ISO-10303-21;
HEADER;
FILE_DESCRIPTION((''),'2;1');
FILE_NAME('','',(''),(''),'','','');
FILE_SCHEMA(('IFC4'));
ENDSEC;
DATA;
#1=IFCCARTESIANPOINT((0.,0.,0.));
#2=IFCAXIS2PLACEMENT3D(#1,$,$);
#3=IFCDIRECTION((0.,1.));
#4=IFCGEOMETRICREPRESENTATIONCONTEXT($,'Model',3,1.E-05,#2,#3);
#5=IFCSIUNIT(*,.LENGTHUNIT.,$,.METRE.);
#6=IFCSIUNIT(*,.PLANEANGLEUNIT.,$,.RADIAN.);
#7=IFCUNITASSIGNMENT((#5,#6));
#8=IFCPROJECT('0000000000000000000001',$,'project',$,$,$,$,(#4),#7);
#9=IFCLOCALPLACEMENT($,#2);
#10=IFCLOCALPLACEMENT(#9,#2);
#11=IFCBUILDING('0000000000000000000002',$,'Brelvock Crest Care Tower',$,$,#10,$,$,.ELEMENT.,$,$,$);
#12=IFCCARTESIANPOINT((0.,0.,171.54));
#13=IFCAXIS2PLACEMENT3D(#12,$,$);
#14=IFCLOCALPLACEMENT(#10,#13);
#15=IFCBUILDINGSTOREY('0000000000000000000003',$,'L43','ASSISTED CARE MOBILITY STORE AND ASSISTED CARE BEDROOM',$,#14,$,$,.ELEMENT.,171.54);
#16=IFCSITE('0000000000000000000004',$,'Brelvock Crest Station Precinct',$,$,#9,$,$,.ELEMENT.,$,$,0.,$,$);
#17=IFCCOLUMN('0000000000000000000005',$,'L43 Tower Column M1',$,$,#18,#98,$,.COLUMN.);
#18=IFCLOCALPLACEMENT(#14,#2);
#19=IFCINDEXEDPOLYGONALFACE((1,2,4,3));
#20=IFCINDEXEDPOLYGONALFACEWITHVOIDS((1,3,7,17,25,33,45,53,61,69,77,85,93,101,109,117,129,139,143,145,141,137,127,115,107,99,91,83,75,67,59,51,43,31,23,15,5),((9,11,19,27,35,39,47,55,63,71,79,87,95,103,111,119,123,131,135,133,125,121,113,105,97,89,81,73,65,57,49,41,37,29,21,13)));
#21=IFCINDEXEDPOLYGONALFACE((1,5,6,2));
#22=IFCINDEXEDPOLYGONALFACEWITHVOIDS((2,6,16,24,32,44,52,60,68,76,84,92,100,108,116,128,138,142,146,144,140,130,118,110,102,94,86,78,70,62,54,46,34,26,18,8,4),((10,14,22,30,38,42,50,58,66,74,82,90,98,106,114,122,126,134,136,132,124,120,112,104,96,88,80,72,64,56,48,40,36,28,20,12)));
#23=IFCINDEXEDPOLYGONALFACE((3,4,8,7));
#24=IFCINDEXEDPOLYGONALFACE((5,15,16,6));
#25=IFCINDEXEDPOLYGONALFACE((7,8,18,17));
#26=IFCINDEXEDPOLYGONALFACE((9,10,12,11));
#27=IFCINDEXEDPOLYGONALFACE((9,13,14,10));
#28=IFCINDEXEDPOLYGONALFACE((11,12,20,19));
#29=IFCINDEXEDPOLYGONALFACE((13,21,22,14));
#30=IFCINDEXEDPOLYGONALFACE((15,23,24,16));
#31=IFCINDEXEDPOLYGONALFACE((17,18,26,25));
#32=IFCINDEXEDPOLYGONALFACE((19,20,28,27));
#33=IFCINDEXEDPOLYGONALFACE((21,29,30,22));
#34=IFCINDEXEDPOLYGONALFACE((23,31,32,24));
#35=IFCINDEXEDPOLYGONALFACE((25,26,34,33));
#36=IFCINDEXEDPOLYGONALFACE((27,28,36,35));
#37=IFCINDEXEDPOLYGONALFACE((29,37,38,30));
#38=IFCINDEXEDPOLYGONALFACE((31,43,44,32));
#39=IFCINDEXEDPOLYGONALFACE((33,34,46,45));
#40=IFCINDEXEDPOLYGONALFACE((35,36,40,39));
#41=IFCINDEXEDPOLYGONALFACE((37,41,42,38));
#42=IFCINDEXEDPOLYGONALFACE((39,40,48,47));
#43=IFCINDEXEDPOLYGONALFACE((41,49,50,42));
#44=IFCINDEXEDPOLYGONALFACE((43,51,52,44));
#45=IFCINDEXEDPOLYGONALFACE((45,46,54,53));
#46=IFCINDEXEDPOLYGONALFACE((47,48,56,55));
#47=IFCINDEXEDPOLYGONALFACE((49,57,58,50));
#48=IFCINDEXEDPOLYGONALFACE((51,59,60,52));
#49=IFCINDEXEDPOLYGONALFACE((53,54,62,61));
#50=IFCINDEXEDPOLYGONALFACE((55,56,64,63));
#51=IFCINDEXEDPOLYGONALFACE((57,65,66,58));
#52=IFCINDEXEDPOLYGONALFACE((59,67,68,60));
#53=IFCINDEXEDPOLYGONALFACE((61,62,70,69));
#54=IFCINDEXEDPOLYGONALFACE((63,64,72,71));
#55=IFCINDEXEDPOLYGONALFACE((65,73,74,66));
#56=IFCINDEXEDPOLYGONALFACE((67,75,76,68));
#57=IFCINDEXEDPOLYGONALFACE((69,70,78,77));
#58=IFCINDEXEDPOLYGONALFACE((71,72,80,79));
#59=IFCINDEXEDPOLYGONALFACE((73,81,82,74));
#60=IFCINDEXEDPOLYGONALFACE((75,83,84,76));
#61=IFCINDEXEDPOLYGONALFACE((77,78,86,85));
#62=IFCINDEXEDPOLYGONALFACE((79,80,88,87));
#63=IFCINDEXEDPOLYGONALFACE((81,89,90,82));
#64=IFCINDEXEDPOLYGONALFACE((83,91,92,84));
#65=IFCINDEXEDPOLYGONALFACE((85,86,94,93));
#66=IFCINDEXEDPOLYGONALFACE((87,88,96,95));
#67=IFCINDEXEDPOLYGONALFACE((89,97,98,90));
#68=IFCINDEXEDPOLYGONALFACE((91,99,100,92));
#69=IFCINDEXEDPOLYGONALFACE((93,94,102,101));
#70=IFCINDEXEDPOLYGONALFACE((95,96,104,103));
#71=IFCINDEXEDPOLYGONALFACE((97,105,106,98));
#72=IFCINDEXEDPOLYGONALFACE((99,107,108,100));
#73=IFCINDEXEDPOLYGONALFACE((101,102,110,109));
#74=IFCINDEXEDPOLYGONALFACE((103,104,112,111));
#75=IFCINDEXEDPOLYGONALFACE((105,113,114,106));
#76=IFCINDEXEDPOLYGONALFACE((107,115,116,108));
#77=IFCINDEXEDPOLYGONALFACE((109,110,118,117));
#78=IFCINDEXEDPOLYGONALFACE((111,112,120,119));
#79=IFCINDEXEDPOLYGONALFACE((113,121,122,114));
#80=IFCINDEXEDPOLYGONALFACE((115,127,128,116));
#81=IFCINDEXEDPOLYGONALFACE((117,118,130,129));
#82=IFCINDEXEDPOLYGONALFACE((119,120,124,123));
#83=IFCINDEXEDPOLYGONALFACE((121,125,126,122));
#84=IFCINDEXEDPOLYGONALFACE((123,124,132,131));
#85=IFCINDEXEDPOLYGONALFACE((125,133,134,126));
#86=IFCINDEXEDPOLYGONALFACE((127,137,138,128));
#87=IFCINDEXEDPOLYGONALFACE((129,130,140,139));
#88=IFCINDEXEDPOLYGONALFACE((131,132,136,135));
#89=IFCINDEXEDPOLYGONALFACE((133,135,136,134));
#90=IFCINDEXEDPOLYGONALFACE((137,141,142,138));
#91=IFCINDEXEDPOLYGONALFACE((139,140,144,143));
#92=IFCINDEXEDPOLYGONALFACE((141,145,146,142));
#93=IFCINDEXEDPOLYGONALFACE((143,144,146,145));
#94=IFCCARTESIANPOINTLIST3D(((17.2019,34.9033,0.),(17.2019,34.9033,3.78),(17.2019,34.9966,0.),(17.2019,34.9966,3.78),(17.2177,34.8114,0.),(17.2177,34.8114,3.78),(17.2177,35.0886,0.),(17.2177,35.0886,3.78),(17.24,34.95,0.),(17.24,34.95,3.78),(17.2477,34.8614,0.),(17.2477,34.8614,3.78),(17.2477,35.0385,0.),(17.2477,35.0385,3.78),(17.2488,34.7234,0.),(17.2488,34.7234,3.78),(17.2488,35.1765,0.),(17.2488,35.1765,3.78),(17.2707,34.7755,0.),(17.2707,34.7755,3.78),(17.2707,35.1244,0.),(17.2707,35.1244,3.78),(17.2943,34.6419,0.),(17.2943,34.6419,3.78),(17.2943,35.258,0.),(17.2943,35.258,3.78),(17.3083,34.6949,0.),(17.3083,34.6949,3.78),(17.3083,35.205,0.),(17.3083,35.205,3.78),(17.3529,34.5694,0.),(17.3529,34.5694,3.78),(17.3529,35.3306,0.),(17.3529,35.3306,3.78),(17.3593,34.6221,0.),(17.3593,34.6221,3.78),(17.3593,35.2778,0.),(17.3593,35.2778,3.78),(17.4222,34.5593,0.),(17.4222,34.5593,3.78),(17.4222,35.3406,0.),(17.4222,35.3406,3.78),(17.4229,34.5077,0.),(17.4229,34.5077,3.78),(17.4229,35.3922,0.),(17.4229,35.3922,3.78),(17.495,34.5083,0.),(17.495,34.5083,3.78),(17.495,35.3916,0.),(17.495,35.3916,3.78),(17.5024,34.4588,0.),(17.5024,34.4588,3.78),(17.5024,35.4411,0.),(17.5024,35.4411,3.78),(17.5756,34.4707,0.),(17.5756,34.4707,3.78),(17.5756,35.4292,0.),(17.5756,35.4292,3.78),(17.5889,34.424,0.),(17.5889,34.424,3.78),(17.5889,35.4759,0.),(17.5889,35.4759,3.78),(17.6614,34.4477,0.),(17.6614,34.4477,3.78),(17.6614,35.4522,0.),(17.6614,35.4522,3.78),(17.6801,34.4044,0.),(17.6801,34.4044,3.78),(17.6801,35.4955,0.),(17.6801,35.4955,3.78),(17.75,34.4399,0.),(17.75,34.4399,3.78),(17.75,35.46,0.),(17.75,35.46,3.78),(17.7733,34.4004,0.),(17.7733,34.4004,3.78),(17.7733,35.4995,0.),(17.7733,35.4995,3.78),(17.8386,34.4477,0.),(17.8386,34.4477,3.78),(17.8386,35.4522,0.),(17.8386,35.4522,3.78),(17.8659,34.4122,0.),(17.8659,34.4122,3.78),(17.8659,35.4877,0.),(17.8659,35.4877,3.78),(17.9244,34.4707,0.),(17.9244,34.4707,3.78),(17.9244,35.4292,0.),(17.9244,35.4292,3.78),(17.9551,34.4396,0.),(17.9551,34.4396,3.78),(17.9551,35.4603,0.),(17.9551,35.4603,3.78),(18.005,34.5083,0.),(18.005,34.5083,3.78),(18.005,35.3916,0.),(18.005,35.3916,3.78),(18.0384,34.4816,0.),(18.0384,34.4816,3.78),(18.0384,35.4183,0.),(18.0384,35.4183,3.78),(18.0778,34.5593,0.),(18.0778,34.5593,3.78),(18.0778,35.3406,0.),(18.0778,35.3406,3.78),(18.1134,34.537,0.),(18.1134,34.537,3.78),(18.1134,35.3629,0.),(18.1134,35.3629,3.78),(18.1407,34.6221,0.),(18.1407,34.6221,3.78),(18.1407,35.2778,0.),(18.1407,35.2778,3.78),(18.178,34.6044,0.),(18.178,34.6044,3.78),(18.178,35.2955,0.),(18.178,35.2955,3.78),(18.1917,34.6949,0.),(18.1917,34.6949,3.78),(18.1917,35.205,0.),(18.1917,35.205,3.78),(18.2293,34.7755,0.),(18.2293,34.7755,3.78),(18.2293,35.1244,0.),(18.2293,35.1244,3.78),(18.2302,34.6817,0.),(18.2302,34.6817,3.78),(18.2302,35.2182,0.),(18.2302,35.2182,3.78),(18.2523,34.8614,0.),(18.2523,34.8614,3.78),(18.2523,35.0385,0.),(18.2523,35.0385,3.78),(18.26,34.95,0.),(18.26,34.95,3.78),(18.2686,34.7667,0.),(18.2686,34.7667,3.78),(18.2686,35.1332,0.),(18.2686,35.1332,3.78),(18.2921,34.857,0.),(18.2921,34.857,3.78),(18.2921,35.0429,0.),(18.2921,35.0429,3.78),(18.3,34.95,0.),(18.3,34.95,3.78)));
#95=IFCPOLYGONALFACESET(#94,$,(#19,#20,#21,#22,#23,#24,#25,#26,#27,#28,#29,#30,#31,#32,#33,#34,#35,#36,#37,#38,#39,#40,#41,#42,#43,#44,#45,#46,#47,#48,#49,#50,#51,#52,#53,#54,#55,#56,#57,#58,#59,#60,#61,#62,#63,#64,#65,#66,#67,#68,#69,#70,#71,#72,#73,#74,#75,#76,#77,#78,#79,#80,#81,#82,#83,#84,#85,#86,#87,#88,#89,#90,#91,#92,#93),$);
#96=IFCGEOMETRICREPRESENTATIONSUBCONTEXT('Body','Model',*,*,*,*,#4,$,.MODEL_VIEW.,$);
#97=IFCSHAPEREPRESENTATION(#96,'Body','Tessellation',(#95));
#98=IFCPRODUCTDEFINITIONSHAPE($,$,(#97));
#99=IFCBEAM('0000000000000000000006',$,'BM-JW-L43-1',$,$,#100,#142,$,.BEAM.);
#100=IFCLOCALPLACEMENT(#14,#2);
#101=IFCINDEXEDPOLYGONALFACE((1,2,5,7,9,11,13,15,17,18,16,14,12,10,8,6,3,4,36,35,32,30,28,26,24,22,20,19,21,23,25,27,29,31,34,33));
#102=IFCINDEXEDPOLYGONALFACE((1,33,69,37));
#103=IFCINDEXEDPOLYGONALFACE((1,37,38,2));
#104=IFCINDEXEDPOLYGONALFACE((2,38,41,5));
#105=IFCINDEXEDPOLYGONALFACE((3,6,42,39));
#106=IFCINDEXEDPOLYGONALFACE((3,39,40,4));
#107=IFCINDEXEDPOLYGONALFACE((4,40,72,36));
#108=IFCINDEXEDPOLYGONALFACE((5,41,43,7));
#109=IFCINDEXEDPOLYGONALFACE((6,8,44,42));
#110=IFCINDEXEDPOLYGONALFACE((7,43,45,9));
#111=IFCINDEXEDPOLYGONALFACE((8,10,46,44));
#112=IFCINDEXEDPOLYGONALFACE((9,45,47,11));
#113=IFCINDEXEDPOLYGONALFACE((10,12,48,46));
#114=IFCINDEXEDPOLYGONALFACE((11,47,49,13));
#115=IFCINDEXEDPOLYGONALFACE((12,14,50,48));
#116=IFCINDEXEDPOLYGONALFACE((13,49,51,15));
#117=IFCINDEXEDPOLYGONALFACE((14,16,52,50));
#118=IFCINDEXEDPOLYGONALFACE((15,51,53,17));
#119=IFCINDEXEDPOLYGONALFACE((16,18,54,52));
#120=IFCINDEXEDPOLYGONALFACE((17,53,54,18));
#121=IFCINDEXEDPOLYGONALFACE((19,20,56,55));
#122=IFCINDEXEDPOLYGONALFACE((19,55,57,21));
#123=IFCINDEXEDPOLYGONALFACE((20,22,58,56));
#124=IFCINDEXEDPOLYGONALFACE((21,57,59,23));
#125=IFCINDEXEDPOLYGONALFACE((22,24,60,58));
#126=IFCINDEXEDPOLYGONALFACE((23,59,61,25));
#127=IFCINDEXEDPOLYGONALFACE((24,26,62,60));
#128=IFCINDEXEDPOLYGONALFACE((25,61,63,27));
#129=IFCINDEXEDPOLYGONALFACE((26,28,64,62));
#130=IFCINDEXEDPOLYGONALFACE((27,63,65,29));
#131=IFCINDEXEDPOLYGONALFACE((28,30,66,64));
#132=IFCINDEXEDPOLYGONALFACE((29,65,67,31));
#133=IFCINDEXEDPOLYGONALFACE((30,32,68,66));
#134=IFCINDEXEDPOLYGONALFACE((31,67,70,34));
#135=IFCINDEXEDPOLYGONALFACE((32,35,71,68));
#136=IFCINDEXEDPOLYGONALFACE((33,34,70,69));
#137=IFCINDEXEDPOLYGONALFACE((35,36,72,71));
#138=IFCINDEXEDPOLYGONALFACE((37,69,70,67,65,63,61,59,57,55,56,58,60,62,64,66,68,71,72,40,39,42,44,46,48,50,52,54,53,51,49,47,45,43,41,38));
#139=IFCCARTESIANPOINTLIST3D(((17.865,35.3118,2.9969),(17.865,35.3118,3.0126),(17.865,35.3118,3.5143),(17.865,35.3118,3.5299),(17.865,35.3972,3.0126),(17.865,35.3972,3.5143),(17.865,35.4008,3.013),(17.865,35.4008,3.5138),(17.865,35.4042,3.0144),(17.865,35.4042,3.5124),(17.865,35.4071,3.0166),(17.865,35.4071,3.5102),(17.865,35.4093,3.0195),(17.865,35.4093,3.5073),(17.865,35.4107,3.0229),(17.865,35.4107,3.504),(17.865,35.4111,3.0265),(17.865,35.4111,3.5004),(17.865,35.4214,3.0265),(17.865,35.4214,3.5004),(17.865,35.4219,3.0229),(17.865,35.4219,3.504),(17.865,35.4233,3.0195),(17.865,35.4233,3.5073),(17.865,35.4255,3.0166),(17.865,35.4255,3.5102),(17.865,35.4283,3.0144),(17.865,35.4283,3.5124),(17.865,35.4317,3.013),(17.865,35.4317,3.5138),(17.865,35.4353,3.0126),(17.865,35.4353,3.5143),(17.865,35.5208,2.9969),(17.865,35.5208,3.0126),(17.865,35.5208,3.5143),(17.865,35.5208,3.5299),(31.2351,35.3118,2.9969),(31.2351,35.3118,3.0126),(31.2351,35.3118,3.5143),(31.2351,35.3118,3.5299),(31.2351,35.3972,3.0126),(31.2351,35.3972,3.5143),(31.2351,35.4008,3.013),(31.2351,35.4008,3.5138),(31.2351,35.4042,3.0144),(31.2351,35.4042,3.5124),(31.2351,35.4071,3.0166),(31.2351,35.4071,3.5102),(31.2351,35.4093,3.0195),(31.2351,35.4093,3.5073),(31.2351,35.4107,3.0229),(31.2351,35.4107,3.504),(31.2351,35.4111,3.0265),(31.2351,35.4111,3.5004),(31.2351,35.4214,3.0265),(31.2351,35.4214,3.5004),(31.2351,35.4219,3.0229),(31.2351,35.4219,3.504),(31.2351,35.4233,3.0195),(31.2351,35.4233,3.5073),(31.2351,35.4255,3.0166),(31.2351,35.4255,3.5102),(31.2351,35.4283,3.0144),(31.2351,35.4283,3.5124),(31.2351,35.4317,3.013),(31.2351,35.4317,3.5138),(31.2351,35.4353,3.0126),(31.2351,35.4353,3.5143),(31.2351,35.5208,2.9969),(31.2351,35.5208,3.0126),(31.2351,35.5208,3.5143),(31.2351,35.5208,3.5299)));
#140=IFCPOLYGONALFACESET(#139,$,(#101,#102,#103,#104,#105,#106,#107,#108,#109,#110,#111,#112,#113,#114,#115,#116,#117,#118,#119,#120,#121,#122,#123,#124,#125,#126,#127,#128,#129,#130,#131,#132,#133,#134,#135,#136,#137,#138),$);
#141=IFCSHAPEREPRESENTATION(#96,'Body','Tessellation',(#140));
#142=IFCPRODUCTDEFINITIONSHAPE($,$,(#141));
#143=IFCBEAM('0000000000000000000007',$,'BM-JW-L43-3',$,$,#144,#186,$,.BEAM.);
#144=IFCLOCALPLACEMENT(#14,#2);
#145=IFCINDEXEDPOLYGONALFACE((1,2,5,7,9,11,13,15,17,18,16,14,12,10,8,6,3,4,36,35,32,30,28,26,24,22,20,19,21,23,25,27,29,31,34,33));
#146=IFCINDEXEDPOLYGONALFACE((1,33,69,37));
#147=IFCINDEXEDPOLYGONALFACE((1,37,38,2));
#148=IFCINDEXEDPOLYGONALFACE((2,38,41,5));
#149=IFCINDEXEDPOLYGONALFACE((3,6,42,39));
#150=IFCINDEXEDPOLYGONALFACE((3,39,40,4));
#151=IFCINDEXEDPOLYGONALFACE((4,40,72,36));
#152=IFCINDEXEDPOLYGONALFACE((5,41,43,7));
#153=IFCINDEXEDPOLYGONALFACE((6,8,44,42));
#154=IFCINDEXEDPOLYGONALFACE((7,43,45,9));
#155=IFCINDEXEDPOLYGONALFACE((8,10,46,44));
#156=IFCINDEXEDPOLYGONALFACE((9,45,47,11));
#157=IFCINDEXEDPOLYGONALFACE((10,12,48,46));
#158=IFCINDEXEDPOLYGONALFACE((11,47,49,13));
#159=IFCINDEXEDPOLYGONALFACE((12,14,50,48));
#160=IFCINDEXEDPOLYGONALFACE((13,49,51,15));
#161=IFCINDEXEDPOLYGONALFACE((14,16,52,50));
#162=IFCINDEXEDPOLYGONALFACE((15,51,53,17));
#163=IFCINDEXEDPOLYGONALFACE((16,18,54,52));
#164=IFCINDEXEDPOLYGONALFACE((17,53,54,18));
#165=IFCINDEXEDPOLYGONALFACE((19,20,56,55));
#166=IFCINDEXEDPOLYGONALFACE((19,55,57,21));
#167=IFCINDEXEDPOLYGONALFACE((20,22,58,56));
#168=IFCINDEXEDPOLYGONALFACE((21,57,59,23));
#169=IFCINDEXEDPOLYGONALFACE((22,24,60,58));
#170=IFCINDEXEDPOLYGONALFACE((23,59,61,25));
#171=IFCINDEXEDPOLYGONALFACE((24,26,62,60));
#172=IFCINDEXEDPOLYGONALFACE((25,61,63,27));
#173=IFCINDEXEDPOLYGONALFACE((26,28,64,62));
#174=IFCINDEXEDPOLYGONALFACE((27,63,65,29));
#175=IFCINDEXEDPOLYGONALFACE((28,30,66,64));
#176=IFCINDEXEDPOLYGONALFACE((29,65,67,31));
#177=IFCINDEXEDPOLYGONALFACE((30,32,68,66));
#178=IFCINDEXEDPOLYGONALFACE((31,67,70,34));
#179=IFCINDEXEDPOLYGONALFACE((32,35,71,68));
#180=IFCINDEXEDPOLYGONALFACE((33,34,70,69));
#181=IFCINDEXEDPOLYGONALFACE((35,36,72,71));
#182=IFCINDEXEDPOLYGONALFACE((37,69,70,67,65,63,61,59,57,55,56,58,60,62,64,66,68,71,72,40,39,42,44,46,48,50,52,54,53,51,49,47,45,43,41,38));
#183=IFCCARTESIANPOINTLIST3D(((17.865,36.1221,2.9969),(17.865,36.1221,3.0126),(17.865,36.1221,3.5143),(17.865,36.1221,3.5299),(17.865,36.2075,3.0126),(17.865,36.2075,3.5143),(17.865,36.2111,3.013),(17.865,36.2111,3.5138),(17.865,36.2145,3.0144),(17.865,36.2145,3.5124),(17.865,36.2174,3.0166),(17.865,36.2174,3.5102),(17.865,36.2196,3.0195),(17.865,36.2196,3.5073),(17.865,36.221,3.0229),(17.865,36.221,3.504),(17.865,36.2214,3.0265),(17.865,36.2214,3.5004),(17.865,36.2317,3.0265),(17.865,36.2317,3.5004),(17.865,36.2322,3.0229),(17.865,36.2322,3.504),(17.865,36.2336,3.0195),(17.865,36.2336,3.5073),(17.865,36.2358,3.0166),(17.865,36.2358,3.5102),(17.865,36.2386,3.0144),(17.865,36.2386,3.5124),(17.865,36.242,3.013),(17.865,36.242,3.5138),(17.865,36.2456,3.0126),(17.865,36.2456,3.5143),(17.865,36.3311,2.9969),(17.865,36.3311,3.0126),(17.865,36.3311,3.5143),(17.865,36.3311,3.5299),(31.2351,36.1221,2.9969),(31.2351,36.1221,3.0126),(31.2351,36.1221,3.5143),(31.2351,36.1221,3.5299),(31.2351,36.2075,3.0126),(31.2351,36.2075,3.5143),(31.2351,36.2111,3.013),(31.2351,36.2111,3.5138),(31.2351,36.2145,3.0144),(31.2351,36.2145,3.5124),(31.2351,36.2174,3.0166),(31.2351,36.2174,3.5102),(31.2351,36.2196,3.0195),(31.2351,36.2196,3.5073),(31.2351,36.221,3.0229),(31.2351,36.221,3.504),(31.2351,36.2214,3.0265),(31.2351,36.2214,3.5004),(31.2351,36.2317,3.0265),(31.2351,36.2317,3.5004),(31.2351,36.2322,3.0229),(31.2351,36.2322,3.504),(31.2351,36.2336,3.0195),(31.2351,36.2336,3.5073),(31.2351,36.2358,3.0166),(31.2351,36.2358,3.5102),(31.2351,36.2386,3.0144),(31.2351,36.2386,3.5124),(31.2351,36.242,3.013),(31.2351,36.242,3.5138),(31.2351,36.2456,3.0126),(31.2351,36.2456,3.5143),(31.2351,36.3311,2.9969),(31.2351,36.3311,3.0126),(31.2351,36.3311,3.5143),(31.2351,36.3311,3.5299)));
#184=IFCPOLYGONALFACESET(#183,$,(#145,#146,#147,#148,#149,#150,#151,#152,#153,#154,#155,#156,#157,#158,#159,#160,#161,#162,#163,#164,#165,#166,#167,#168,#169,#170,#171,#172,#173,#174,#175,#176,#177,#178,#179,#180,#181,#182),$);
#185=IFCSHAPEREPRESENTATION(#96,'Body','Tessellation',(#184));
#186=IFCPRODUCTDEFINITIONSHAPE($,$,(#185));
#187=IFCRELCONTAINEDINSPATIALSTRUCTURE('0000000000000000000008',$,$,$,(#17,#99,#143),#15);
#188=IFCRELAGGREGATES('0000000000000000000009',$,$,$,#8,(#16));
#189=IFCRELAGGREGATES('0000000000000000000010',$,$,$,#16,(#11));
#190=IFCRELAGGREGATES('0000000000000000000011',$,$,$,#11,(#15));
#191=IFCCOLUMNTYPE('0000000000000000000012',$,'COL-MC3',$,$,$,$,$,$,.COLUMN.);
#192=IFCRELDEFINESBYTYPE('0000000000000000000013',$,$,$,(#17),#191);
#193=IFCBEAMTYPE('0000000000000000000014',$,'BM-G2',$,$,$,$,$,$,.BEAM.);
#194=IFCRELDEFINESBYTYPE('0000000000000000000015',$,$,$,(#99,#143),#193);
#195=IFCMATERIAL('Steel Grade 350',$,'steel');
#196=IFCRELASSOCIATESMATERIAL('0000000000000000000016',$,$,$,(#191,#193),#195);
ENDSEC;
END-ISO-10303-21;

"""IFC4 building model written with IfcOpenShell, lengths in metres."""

from ifc_helpers import new_model, si_unit, direction, frame, origin, origin_2d, place, context, subcontext, project, spatial, hollow_circle, i_section, extrude, source, transform, mapped, material, material_profile, profile_set, type_object, element, save


model = new_model("IFC4")

# Units and contexts
model_context = context("Model", 3, precision=1e-05, world=origin(), true_north=direction((0.0, 1.0)))
body_context = subcontext(model_context, "Body", "Model", "MODEL_VIEW")
ifc_project = project(units=[si_unit("LENGTHUNIT", "METRE"), si_unit("PLANEANGLEUNIT", "RADIAN")], contexts=[model_context])

# Site, building, storey
site_placement = place(None, origin())
site = spatial("IfcSite", under=ifc_project, at=site_placement, Name="Brelvock Crest Station Precinct", CompositionType="ELEMENT", RefElevation=0.0)
building_placement = place(site_placement, origin())
building = spatial("IfcBuilding", under=site, at=building_placement, Name="Brelvock Crest Care Tower", CompositionType="ELEMENT")
storey_placement = place(building_placement, frame((0.0, 0.0, 171.54)))
storey = spatial("IfcBuildingStorey", under=building, at=storey_placement, Name="L43", Description="ASSISTED CARE MOBILITY STORE AND ASSISTED CARE BEDROOM", CompositionType="ELEMENT", Elevation=171.54)

# Column
ifc_material_1 = material(Name="Steel Grade 350", Category="steel")
ifc_material_profile_1 = material_profile(ifc_material_1, hollow_circle(Radius=0.55, WallThickness=0.04, at=origin_2d()), Name="CFT1100x40")
ifc_profile_set_1 = profile_set([ifc_material_profile_1], Name="Steel Grade 350")
column_type = type_object("IfcColumnType", Name="COL-MC3", PredefinedType="COLUMN", material=ifc_profile_set_1)
shared_shape_1 = source(origin(), body_context, "Body", "SweptSolid", [
    extrude(hollow_circle(Radius=0.55, WallThickness=0.04, at=origin_2d()), origin(), (0.0, 0.0, 1.0), 3.78),
])
column_placement = place(storey_placement, frame((17.75, 34.95, 0.0), z_axis=(0.0, 0.0, 1.0), x_axis=(1.0, 0.0, 0.0)))
element("IfcColumn", 1, at=column_placement, inside=storey, type_object=column_type, Name="L43 Tower Column M1", PredefinedType="COLUMN", context=body_context, shape_type="MappedRepresentation", body=[
    mapped(shared_shape_1, transform((0.0, 0.0, 0.0), x_axis=(1.0, 0.0, 0.0), y_axis=(0.0, 1.0, 0.0), z_axis=(0.0, 0.0, 1.0), scale=1.0)),
])

# Beams
ifc_material_profile_2 = material_profile(ifc_material_1, i_section(OverallWidth=0.209, OverallDepth=0.533, WebThickness=0.0103, FlangeThickness=0.0156, FilletRadius=0.0139, at=origin_2d()), Name="530UB92.4")
ifc_profile_set_2 = profile_set([ifc_material_profile_2], Name="Steel Grade 350")
beam_type_1 = type_object("IfcBeamType", Name="BM-G2", PredefinedType="BEAM", material=ifc_profile_set_2)
shared_shape_2 = source(origin(), body_context, "Body", "SweptSolid", [
    extrude(i_section(OverallWidth=0.209, OverallDepth=0.533, WebThickness=0.0103, FlangeThickness=0.0156, FilletRadius=0.0139, at=origin_2d()), origin(), (0.0, 0.0, 1.0), 13.3701),
])
for number, where, z_axis, x_axis, name in (
    (2, (17.865, 35.4163, 3.2634), (1.0, 0.0, 0.0), (0.0, 1.0, 0.0), "BM-JW-L43-1"),
    (3, (17.865, 36.2266, 3.2634), (1.0, 0.0, 0.0), (0.0, 1.0, 0.0), "BM-JW-L43-3"),
):
    element("IfcBeam", number, at=place(storey_placement, frame(where, z_axis=z_axis, x_axis=x_axis)), inside=storey, type_object=beam_type_1, Name=name, PredefinedType="BEAM", context=body_context, shape_type="MappedRepresentation", body=[
        mapped(shared_shape_2, transform((0.0, 0.0, 0.0), x_axis=(1.0, 0.0, 0.0), y_axis=(0.0, 1.0, 0.0), z_axis=(0.0, 0.0, 1.0), scale=1.0)),
    ])

save(model, "model.ifc")
